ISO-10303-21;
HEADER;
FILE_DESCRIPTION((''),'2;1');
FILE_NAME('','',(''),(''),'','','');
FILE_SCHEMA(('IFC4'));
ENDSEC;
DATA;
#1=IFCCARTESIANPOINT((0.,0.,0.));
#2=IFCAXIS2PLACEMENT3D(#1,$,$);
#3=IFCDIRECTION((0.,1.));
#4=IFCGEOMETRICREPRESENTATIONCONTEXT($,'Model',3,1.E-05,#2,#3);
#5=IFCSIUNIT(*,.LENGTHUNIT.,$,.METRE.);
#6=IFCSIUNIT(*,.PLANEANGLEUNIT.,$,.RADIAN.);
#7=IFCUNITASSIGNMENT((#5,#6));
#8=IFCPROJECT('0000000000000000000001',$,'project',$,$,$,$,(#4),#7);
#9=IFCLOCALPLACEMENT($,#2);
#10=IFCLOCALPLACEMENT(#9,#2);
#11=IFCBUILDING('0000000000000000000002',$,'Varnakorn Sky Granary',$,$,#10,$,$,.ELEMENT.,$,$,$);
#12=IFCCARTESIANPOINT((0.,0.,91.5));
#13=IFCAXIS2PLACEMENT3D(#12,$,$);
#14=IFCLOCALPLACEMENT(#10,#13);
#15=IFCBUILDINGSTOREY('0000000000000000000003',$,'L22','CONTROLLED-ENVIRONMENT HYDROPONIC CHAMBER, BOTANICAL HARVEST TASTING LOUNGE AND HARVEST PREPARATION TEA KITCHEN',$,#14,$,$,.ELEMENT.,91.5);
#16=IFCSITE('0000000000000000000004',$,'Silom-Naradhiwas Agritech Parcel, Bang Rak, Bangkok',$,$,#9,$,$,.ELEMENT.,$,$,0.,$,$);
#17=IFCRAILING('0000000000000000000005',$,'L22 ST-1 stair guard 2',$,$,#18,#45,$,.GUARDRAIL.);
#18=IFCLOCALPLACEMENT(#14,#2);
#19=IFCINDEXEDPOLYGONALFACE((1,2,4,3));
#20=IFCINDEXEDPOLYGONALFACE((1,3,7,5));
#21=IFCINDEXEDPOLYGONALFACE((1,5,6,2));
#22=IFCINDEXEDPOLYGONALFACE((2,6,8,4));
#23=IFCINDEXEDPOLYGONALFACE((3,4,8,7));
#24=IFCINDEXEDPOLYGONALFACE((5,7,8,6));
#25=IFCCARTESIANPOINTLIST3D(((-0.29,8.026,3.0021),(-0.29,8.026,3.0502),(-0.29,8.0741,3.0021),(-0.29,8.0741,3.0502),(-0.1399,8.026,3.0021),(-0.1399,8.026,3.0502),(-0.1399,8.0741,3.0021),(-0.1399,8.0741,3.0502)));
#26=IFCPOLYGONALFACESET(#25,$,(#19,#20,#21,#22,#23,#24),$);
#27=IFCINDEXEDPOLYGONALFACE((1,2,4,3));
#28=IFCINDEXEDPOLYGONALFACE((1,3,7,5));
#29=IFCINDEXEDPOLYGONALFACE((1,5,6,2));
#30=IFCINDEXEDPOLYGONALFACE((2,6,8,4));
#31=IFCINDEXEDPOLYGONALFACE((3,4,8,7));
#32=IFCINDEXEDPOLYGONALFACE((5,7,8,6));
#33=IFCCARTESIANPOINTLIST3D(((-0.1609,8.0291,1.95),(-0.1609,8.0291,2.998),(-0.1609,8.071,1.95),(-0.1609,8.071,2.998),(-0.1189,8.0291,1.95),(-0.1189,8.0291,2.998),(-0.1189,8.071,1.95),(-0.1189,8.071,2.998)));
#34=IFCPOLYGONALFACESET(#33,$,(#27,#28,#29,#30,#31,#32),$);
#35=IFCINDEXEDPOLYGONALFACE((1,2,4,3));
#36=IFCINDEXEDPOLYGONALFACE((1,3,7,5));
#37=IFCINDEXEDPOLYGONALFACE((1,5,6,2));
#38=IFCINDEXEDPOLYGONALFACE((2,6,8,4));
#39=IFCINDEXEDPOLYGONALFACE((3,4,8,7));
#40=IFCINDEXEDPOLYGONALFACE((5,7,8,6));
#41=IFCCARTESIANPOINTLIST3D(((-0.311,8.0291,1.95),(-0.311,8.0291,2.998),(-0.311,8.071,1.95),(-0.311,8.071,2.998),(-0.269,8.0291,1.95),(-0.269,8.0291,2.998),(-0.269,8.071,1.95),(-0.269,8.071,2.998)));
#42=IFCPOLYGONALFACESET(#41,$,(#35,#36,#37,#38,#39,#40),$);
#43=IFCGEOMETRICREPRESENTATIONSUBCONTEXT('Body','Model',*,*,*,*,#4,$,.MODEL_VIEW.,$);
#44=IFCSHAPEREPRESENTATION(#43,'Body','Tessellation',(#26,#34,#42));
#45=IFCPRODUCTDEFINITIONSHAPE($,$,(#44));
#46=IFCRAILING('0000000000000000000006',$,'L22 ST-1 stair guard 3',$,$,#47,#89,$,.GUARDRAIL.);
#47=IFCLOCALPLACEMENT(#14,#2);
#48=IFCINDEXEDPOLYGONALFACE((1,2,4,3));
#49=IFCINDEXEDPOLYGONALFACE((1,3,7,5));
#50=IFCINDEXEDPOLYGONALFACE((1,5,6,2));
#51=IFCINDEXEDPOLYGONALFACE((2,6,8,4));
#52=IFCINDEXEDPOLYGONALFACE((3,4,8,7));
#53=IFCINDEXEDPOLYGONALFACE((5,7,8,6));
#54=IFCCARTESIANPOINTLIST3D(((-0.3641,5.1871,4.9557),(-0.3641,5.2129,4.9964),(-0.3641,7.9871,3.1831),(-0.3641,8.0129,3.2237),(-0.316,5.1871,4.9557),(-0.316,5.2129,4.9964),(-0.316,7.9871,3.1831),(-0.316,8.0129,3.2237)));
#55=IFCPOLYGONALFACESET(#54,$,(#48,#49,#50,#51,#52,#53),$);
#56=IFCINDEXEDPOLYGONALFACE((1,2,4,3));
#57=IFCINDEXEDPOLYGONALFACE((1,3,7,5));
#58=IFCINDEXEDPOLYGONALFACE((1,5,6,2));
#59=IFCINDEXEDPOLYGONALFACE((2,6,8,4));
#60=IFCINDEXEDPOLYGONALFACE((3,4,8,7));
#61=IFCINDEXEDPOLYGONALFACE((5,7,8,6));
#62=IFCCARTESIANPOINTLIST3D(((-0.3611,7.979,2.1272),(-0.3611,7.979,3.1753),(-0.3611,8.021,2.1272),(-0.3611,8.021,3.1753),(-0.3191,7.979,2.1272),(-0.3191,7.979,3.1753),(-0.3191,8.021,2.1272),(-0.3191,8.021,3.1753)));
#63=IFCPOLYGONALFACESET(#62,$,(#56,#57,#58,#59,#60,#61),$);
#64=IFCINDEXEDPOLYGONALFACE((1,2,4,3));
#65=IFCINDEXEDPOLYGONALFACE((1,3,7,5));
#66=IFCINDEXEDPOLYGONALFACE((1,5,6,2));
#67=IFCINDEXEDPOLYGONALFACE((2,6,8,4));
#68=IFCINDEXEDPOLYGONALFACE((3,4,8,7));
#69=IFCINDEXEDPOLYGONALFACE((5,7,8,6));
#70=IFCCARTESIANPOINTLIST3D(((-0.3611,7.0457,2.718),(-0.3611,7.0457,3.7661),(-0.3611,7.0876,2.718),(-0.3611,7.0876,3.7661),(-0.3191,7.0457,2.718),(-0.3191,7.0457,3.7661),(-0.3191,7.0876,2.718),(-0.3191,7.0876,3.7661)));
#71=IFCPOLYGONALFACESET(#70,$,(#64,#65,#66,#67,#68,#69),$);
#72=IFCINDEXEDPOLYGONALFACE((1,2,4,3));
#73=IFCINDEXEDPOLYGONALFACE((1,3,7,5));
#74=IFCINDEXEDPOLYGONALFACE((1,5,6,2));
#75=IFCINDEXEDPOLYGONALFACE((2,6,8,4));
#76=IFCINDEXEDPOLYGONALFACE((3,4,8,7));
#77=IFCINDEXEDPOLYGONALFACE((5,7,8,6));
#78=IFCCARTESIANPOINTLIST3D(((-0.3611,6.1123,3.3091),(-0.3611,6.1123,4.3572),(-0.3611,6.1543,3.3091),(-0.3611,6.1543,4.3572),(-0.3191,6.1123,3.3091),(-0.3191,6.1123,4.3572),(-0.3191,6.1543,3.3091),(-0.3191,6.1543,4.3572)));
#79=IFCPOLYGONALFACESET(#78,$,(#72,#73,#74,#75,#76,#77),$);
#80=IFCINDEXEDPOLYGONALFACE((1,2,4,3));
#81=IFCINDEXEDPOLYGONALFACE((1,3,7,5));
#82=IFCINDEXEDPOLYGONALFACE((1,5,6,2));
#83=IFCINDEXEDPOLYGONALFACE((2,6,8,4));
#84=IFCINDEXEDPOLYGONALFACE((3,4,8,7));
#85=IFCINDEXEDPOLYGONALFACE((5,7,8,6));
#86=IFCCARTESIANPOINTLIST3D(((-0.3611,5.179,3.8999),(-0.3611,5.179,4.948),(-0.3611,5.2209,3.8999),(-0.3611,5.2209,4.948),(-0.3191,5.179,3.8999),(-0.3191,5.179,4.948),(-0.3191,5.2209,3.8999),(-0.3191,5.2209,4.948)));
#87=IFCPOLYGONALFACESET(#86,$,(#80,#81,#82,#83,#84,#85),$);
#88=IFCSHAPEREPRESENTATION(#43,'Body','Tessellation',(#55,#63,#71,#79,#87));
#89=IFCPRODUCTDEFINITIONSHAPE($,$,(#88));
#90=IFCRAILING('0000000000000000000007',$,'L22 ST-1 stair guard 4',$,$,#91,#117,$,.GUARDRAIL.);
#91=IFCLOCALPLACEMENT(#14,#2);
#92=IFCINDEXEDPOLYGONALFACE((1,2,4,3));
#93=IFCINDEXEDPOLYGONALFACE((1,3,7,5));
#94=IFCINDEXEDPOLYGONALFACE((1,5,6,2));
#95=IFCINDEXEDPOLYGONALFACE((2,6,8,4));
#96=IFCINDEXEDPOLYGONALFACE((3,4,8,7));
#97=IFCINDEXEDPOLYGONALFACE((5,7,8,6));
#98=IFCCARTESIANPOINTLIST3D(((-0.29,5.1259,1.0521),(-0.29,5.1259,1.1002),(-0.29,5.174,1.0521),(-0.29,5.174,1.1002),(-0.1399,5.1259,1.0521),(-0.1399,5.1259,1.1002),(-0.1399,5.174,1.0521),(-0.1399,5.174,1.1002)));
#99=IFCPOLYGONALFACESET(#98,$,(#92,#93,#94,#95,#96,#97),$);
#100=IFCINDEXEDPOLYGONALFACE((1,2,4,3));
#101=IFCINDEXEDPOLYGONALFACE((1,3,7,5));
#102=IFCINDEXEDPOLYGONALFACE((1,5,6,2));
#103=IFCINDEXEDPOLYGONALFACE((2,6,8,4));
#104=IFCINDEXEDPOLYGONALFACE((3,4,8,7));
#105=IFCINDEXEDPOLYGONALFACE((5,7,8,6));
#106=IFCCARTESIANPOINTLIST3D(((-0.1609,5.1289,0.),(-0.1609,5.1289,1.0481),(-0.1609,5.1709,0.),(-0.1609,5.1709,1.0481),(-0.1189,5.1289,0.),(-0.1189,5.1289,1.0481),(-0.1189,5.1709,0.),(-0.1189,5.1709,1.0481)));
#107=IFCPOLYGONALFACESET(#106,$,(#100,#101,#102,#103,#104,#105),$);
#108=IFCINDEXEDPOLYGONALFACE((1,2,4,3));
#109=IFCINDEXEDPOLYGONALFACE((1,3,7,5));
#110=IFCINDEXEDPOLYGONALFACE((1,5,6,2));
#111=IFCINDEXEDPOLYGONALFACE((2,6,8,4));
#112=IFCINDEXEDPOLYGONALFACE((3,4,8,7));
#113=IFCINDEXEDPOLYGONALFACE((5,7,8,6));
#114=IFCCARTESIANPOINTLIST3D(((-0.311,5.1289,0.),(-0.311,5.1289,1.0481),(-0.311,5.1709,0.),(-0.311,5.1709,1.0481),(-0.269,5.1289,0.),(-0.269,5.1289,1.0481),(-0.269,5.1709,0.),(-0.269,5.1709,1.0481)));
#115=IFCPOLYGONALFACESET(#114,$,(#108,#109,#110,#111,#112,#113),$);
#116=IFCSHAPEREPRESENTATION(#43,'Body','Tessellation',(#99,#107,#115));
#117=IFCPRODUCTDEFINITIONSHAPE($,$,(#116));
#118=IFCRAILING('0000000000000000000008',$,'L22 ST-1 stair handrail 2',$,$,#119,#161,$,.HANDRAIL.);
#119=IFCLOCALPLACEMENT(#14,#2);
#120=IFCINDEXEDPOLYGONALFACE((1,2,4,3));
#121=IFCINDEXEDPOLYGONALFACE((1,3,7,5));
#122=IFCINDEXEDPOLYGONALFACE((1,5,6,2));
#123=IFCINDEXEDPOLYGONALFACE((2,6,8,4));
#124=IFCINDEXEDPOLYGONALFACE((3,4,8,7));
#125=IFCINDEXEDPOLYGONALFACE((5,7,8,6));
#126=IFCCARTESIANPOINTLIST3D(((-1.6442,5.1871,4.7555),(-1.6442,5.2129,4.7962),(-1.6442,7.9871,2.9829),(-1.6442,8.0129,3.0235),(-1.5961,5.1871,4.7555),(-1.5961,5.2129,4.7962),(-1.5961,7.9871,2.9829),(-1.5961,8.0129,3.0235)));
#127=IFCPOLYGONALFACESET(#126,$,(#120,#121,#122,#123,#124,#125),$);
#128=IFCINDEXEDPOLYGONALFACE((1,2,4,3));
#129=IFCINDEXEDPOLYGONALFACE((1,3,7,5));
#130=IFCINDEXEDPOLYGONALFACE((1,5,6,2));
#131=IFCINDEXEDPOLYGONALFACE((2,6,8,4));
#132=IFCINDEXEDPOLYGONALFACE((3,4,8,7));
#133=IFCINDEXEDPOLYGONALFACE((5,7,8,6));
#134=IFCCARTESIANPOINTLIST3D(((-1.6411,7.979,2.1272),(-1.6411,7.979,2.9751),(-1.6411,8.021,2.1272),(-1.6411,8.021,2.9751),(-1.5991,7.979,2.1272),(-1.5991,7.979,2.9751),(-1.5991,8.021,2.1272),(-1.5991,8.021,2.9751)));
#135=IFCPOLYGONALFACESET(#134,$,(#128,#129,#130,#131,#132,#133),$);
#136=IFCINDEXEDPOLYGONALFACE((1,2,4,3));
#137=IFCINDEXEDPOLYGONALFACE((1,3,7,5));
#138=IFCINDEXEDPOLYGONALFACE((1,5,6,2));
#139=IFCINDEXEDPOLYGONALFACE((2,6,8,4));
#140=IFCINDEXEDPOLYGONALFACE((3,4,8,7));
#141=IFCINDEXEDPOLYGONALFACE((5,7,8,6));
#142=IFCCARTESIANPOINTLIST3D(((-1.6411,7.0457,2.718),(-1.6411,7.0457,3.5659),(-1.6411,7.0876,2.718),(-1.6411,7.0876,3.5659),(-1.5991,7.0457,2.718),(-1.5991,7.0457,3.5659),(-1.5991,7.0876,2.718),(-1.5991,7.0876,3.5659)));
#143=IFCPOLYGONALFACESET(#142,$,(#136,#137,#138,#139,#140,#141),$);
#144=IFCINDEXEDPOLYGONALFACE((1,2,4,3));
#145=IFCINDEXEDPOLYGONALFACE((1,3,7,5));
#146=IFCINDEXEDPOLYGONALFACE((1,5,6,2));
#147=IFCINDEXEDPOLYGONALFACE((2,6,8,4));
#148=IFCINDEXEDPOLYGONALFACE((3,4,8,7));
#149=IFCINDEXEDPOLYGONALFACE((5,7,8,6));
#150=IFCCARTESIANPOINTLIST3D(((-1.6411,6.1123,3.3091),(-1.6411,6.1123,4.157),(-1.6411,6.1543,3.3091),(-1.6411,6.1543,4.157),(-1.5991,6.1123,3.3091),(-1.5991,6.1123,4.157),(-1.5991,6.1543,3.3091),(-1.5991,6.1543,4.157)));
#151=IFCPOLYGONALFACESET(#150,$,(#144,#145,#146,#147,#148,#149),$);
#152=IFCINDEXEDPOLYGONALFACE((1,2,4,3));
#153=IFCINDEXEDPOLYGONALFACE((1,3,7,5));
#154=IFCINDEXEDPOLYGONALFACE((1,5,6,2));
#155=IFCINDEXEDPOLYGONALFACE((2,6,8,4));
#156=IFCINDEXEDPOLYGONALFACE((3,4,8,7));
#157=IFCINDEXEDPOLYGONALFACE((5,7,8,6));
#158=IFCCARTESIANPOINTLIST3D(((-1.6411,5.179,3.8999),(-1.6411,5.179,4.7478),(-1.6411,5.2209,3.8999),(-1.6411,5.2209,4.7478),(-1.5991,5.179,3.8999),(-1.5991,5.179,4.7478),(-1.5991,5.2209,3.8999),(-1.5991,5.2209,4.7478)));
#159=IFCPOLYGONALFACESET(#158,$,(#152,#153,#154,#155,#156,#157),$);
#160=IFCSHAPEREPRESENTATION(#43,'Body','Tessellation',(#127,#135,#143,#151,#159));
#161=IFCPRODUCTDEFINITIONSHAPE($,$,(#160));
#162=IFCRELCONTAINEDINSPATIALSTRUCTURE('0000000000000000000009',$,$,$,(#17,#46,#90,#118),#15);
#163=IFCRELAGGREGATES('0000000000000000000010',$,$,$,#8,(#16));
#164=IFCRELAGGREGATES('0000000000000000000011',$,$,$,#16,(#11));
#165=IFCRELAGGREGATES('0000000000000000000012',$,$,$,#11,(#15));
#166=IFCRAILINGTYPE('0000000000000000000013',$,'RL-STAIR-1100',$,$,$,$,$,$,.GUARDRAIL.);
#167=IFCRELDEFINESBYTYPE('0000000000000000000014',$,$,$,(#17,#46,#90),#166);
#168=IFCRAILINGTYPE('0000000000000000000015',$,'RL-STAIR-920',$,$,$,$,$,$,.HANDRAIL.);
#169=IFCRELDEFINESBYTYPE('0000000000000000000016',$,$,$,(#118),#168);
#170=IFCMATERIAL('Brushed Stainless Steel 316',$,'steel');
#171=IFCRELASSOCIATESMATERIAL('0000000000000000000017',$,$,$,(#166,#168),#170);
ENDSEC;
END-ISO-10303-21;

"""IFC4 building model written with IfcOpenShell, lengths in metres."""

from ifc_helpers import new_model, si_unit, direction, frame, origin, origin_2d, place, context, subcontext, project, spatial, rectangle, extrude, material, type_object, element, save


model = new_model("IFC4")

# Units and contexts
model_context = context("Model", 3, precision=1e-05, world=origin(), true_north=direction((0.0, 1.0)))
body_context = subcontext(model_context, "Body", "Model", "MODEL_VIEW")
ifc_project = project(units=[si_unit("LENGTHUNIT", "METRE"), si_unit("PLANEANGLEUNIT", "RADIAN")], contexts=[model_context])

# Site, building, storey
site_placement = place(None, origin())
site = spatial("IfcSite", under=ifc_project, at=site_placement, Name="Silom-Naradhiwas Agritech Parcel, Bang Rak, Bangkok", CompositionType="ELEMENT", RefElevation=0.0)
building_placement = place(site_placement, origin())
building = spatial("IfcBuilding", under=site, at=building_placement, Name="Varnakorn Sky Granary", CompositionType="ELEMENT")
storey_placement = place(building_placement, frame((0.0, 0.0, 91.5)))
storey = spatial("IfcBuildingStorey", under=building, at=storey_placement, Name="L22", Description="CONTROLLED-ENVIRONMENT HYDROPONIC CHAMBER, BOTANICAL HARVEST TASTING LOUNGE AND HARVEST PREPARATION TEA KITCHEN", CompositionType="ELEMENT", Elevation=91.5)

# Railings
ifc_material_1 = material(Name="Brushed Stainless Steel 316", Category="steel")
railing_type_1 = type_object("IfcRailingType", Name="RL-STAIR-1100", PredefinedType="GUARDRAIL", material=ifc_material_1)
railing_1_placement = place(storey_placement, frame((-0.1399, 8.05, 1.95)))
element("IfcRailing", 1, at=railing_1_placement, inside=storey, type_object=railing_type_1, Name="L22 ST-1 stair guard 2", PredefinedType="GUARDRAIL", context=body_context, shape_type="SweptSolid", body=[
    extrude(rectangle(XDim=0.0481, YDim=0.0481, at=origin_2d()), frame((0.0, 0.0, 1.0762), z_axis=(-1.0, 0.0, 0.0), x_axis=(0.0, -1.0, 0.0)), (0.0, 0.0, 1.0), 0.1501),
    extrude(rectangle(XDim=0.042, YDim=0.042, at=origin_2d()), origin(), (0.0, 0.0, 1.0), 1.0481),
    extrude(rectangle(XDim=0.042, YDim=0.042, at=origin_2d()), frame((-0.1501, 0.0, 0.0)), (0.0, 0.0, 1.0), 1.0481),
])
railing_2_placement = place(storey_placement, frame((-0.3401, 8.0, 2.1272)))
element("IfcRailing", 2, at=railing_2_placement, inside=storey, type_object=railing_type_1, Name="L22 ST-1 stair guard 3", PredefinedType="GUARDRAIL", context=body_context, shape_type="SweptSolid", body=[
    extrude(rectangle(XDim=0.0481, YDim=0.0481, at=origin_2d()), frame((0.0, 0.0, 1.0762), z_axis=(0.0, -0.844909, 0.53491), x_axis=(1.0, 0.0, 0.0)), (0.0, 0.0, 1.0), 3.314),
    extrude(rectangle(XDim=0.042, YDim=0.042, at=origin_2d()), origin(), (0.0, 0.0, 1.0), 1.0481),
    extrude(rectangle(XDim=0.042, YDim=0.042, at=origin_2d()), frame((0.0, -0.9333, 0.5908)), (0.0, 0.0, 1.0), 1.0481),
    extrude(rectangle(XDim=0.042, YDim=0.042, at=origin_2d()), frame((0.0, -1.8667, 1.1819)), (0.0, 0.0, 1.0), 1.0481),
    extrude(rectangle(XDim=0.042, YDim=0.042, at=origin_2d()), frame((0.0, -2.8, 1.7727)), (0.0, 0.0, 1.0), 1.0481),
])
railing_3_placement = place(storey_placement, frame((-0.1399, 5.1499, 0.0)))
element("IfcRailing", 3, at=railing_3_placement, inside=storey, type_object=railing_type_1, Name="L22 ST-1 stair guard 4", PredefinedType="GUARDRAIL", context=body_context, shape_type="SweptSolid", body=[
    extrude(rectangle(XDim=0.0481, YDim=0.0481, at=origin_2d()), frame((0.0, 0.0, 1.0762), z_axis=(-1.0, 0.0, 0.0), x_axis=(0.0, -1.0, 0.0)), (0.0, 0.0, 1.0), 0.1501),
    extrude(rectangle(XDim=0.042, YDim=0.042, at=origin_2d()), origin(), (0.0, 0.0, 1.0), 1.0481),
    extrude(rectangle(XDim=0.042, YDim=0.042, at=origin_2d()), frame((-0.1501, 0.0, 0.0)), (0.0, 0.0, 1.0), 1.0481),
])
railing_type_2 = type_object("IfcRailingType", Name="RL-STAIR-920", PredefinedType="HANDRAIL", material=ifc_material_1)
railing_4_placement = place(storey_placement, frame((-1.6201, 8.0, 2.1272)))
element("IfcRailing", 4, at=railing_4_placement, inside=storey, type_object=railing_type_2, Name="L22 ST-1 stair handrail 2", PredefinedType="HANDRAIL", context=body_context, shape_type="SweptSolid", body=[
    extrude(rectangle(XDim=0.0481, YDim=0.0481, at=origin_2d()), frame((0.0, 0.0, 0.876), z_axis=(0.0, -0.844909, 0.53491), x_axis=(1.0, 0.0, 0.0)), (0.0, 0.0, 1.0), 3.314),
    extrude(rectangle(XDim=0.042, YDim=0.042, at=origin_2d()), origin(), (0.0, 0.0, 1.0), 0.8479),
    extrude(rectangle(XDim=0.042, YDim=0.042, at=origin_2d()), frame((0.0, -0.9333, 0.5908)), (0.0, 0.0, 1.0), 0.8479),
    extrude(rectangle(XDim=0.042, YDim=0.042, at=origin_2d()), frame((0.0, -1.8667, 1.1819)), (0.0, 0.0, 1.0), 0.8479),
    extrude(rectangle(XDim=0.042, YDim=0.042, at=origin_2d()), frame((0.0, -2.8, 1.7727)), (0.0, 0.0, 1.0), 0.8479),
])

save(model, "model.ifc")
